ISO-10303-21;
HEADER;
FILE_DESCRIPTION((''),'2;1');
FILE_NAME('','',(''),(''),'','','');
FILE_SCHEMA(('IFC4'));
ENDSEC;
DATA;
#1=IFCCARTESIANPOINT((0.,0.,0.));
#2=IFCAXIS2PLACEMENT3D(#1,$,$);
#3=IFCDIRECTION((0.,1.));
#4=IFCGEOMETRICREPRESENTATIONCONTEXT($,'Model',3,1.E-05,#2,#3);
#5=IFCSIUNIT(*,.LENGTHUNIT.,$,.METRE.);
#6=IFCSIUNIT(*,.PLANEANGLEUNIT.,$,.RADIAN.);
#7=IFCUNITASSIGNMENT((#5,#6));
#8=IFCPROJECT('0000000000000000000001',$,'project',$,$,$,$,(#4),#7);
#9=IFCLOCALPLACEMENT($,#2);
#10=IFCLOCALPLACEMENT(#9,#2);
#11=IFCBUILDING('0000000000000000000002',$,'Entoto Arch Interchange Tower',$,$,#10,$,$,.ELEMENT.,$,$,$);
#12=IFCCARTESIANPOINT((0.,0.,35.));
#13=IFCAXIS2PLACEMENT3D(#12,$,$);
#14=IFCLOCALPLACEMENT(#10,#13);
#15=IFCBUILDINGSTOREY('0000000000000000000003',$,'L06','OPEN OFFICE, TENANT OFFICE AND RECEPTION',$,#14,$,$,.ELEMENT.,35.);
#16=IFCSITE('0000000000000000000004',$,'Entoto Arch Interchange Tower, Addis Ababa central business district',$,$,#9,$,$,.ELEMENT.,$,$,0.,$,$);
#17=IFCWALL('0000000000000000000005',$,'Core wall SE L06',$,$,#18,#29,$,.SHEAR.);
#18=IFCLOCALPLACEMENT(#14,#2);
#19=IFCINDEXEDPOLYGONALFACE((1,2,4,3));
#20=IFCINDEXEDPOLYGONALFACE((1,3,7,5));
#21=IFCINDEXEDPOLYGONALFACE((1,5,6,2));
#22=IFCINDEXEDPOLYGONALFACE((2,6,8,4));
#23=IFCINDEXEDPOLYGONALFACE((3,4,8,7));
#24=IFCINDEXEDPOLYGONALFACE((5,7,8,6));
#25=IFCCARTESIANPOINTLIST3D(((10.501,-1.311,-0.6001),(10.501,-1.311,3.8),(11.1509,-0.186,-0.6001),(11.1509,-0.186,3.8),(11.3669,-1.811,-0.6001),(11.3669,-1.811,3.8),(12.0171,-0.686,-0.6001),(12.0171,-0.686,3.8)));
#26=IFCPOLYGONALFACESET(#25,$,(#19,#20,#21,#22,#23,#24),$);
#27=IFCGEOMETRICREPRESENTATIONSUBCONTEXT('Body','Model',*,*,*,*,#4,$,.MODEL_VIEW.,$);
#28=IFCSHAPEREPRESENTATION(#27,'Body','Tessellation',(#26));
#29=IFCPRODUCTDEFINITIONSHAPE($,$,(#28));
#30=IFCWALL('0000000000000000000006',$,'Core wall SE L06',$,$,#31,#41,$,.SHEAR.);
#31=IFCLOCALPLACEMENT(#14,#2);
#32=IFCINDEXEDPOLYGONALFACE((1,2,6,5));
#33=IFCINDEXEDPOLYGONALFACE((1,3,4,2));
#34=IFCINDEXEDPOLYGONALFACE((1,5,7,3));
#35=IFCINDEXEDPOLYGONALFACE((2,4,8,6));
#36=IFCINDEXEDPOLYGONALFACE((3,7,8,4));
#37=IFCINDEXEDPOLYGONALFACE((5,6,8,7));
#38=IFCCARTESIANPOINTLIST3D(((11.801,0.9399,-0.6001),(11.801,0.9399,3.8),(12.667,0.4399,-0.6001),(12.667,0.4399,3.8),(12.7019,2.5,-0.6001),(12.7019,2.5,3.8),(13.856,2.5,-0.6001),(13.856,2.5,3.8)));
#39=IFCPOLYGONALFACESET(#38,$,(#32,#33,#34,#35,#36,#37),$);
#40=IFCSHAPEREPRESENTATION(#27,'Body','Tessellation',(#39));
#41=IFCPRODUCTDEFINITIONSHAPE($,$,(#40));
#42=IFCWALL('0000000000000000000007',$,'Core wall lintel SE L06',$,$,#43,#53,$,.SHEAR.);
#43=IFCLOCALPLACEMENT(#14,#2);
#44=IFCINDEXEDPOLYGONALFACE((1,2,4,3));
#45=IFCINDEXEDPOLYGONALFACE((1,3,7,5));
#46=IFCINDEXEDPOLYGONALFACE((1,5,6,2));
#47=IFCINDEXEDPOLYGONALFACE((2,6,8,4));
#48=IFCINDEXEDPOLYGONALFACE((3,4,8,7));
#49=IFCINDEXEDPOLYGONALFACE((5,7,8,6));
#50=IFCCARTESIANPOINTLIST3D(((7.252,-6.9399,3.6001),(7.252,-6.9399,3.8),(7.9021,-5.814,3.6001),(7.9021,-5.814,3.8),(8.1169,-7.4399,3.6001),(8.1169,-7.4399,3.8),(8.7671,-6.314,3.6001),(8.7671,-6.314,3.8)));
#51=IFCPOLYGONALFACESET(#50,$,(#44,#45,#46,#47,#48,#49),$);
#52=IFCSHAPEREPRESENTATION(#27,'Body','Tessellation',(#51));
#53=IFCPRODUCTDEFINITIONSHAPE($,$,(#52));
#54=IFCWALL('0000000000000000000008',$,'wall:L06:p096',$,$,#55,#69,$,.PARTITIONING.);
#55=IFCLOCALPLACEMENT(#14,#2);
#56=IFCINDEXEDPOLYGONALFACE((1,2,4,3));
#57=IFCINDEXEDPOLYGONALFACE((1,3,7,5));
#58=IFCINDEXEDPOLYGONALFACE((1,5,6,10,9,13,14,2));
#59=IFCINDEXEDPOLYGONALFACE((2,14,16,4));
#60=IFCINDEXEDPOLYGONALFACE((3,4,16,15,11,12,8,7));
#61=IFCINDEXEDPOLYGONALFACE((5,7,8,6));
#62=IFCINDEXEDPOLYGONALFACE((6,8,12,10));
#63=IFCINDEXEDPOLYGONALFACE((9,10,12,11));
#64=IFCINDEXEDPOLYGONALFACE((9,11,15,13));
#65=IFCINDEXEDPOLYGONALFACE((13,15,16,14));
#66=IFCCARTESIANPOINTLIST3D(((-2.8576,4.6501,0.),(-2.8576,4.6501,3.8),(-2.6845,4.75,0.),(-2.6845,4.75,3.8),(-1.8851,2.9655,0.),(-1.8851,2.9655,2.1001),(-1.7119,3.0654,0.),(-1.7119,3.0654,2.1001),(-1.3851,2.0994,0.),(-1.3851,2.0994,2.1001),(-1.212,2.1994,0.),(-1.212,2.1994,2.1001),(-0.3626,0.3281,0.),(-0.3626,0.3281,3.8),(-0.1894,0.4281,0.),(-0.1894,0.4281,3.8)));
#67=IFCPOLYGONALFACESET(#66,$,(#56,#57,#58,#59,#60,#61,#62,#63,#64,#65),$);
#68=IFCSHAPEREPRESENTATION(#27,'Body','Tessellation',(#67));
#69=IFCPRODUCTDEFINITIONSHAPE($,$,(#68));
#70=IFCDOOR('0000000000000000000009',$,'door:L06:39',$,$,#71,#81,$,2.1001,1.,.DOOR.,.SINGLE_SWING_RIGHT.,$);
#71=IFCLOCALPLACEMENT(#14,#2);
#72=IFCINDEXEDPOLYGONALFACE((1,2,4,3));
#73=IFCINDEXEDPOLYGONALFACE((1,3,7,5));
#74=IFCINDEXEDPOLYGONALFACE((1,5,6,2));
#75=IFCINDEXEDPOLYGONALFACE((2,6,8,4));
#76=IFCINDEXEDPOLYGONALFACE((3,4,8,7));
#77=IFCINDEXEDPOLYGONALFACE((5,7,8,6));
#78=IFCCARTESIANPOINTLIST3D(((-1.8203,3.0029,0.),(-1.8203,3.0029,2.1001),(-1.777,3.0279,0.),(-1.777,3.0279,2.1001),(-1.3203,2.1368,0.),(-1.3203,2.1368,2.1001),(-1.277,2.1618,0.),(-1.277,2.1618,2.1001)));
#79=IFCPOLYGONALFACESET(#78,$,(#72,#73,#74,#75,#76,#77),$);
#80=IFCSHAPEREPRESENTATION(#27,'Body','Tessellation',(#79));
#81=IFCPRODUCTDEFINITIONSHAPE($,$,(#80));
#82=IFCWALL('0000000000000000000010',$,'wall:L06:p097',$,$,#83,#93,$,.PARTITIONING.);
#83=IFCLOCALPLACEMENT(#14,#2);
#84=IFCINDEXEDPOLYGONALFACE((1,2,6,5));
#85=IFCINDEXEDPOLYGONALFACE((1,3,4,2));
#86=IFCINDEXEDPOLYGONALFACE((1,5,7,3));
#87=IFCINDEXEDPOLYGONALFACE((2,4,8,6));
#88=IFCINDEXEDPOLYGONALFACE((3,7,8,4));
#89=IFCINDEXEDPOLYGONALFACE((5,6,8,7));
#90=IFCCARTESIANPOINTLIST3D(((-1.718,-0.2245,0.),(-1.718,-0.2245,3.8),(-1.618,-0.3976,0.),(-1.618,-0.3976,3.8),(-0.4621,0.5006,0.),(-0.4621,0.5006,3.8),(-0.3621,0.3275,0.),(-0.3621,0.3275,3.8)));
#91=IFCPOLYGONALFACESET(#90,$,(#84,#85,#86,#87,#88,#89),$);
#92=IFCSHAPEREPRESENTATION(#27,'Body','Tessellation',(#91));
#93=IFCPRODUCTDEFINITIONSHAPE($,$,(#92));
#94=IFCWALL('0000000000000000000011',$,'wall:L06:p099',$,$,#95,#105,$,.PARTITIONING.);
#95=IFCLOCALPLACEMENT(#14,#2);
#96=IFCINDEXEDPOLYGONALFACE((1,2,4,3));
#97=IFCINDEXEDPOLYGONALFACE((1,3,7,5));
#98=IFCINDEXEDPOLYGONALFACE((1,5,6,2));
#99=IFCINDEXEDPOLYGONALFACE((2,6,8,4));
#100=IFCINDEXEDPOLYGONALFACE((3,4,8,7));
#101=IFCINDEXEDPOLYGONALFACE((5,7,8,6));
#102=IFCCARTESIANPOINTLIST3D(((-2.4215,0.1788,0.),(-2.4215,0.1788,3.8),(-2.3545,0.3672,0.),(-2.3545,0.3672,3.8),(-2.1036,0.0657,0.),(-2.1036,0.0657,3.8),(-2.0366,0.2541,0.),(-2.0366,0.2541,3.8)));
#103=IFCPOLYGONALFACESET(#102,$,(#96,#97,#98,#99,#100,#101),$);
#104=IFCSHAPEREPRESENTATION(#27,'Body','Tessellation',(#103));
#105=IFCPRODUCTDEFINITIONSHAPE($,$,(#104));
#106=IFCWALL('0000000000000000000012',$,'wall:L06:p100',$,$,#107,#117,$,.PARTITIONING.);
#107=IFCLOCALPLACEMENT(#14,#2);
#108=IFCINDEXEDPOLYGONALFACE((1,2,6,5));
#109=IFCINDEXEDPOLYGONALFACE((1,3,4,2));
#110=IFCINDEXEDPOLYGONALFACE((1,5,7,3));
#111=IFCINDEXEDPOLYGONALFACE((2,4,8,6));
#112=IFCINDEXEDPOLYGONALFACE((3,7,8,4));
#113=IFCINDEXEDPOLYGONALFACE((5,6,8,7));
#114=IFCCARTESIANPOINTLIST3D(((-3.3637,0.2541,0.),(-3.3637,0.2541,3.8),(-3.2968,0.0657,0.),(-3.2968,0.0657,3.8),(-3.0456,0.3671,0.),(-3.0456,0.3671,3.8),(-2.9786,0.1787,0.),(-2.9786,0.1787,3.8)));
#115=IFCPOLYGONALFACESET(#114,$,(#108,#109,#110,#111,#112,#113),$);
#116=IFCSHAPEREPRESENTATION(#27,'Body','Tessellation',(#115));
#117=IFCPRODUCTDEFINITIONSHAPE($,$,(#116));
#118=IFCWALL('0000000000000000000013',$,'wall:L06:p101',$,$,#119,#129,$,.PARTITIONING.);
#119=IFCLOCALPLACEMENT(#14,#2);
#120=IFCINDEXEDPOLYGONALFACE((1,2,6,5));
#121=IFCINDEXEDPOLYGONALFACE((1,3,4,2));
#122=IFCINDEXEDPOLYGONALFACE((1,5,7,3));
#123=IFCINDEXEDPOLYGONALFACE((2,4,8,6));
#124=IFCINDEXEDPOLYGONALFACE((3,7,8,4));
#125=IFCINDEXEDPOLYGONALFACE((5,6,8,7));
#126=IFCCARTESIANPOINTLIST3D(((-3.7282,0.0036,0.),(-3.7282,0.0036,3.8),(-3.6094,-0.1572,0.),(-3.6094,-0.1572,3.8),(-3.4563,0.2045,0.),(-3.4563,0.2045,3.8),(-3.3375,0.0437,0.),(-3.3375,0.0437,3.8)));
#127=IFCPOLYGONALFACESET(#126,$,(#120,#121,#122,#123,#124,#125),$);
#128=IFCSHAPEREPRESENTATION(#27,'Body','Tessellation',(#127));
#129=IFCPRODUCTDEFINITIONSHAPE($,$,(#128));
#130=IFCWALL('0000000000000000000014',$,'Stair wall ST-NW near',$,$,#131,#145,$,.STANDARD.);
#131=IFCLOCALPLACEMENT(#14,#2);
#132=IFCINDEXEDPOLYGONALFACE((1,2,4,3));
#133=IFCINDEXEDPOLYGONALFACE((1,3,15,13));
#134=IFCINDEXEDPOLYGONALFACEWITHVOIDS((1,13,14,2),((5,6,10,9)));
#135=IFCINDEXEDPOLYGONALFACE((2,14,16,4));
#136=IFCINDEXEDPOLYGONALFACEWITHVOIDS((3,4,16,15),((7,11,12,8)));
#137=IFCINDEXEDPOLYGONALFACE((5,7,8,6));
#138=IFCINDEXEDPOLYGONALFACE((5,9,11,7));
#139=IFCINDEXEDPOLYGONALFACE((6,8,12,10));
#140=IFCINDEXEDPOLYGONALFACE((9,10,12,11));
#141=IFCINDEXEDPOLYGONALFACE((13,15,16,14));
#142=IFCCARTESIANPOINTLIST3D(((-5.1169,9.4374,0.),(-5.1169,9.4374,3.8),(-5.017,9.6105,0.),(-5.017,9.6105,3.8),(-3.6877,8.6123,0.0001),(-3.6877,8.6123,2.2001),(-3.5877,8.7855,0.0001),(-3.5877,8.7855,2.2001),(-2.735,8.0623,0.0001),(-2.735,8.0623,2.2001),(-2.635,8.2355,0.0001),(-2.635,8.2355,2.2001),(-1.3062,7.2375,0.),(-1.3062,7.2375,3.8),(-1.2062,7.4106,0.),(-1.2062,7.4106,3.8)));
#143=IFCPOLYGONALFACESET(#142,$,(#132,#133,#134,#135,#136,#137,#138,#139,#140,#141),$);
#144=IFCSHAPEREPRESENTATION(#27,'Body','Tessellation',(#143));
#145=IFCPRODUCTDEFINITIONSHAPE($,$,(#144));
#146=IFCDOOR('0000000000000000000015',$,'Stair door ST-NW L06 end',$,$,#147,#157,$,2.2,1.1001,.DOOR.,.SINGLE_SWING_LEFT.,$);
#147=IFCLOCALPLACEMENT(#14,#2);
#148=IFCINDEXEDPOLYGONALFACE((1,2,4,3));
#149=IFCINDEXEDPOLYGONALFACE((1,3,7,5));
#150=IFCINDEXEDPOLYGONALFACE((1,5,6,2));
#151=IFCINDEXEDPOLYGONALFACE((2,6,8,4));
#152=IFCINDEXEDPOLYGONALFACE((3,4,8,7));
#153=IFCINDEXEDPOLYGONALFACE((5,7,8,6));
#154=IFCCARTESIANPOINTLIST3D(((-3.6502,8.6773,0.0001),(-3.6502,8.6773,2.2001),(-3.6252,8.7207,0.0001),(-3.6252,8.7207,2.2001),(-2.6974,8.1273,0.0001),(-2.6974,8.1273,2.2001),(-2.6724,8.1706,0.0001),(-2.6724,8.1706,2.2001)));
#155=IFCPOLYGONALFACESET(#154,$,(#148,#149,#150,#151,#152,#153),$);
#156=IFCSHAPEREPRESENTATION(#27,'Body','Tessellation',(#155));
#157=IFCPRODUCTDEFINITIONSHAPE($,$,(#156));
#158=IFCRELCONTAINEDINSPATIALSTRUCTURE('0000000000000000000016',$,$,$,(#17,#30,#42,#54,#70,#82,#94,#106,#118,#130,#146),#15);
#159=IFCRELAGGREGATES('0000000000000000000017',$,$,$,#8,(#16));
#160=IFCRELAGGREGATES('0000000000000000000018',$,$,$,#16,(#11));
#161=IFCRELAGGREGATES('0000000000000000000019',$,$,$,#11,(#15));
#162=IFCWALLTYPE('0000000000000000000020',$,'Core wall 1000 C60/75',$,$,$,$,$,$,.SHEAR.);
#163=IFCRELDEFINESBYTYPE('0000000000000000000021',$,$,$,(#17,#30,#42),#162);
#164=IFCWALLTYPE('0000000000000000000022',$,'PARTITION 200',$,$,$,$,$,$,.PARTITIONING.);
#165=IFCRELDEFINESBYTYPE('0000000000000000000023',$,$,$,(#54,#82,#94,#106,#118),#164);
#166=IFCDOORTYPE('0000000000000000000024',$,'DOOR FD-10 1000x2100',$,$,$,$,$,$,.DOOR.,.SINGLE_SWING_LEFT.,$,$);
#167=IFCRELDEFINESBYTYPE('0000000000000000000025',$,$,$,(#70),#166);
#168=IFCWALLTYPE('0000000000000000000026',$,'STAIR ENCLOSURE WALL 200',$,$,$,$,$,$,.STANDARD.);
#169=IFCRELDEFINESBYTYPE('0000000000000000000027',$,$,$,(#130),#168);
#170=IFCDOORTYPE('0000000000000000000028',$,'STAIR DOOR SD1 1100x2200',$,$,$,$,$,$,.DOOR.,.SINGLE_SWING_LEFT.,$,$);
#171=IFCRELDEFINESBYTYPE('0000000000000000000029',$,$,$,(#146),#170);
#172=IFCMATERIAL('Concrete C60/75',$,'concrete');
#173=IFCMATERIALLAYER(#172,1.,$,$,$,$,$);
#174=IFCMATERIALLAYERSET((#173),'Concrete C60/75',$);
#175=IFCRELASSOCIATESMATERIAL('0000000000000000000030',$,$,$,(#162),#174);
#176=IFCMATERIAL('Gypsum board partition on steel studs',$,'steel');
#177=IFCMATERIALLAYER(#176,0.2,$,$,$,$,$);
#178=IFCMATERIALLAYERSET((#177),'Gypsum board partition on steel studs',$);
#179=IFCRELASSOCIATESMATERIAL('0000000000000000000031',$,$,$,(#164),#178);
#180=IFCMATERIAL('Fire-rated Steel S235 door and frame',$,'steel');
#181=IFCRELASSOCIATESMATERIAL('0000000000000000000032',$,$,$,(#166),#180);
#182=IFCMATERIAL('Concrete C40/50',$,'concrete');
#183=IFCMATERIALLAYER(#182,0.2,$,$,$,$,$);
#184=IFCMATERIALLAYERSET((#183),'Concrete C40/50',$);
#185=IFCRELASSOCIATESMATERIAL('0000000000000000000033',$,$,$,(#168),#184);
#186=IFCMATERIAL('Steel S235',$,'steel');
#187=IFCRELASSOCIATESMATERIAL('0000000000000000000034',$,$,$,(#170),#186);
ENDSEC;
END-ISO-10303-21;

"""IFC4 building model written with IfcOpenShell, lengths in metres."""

from ifc_helpers import new_model, si_unit, direction, frame, frame_2d, origin, place, context, subcontext, project, spatial, polyline, rectangle, outline, extrude, material, layer, layer_set, type_object, element, fill, save


model = new_model("IFC4")

# Units and contexts
model_context = context("Model", 3, precision=1e-05, world=origin(), true_north=direction((0.0, 1.0)))
body_context = subcontext(model_context, "Body", "Model", "MODEL_VIEW")
ifc_project = project(units=[si_unit("LENGTHUNIT", "METRE"), si_unit("PLANEANGLEUNIT", "RADIAN")], contexts=[model_context])

# Site, building, storey
site_placement = place(None, origin())
site = spatial("IfcSite", under=ifc_project, at=site_placement, Name="Entoto Arch Interchange Tower, Addis Ababa central business district", CompositionType="ELEMENT", RefElevation=0.0)
building_placement = place(site_placement, origin())
building = spatial("IfcBuilding", under=site, at=building_placement, Name="Entoto Arch Interchange Tower", CompositionType="ELEMENT")
storey_placement = place(building_placement, frame((0.0, 0.0, 35.0)))
storey = spatial("IfcBuildingStorey", under=building, at=storey_placement, Name="L06", Description="OPEN OFFICE, TENANT OFFICE AND RECEPTION", CompositionType="ELEMENT", Elevation=35.0)

# Walls
ifc_material_1 = material(Name="Concrete C60/75", Category="concrete")
ifc_layer_1 = layer(ifc_material_1, 1.0)
ifc_layer_set_1 = layer_set([ifc_layer_1], Name="Concrete C60/75")
wall_type_1 = type_object("IfcWallType", Name="Core wall 1000 C60/75", PredefinedType="SHEAR", material=ifc_layer_set_1)
wall_1_placement = place(storey_placement, frame((0.0, 0.0, -0.6001)))
element("IfcWall", 1, at=wall_1_placement, inside=storey, type_object=wall_type_1, Name="Core wall SE L06", PredefinedType="SHEAR", context=body_context, shape_type="SweptSolid", body=[
    extrude(outline(polyline([(12.0171, -0.686), (11.1509, -0.186), (10.501, -1.311), (11.3669, -1.811), (12.0171, -0.686)])), origin(), (0.0, 0.0, 1.0), 4.4001),
])
wall_2_placement = place(storey_placement, frame((0.0, 0.0, -0.6001)))
element("IfcWall", 2, at=wall_2_placement, inside=storey, type_object=wall_type_1, Name="Core wall SE L06", PredefinedType="SHEAR", context=body_context, shape_type="SweptSolid", body=[
    extrude(outline(polyline([(11.801, 0.9399), (12.667, 0.4399), (13.856, 2.5), (12.7019, 2.5), (11.801, 0.9399)])), origin(), (0.0, 0.0, 1.0), 4.4001),
])
wall_3_placement = place(storey_placement, frame((0.0, 0.0, 3.6001)))
element("IfcWall", 3, at=wall_3_placement, inside=storey, type_object=wall_type_1, Name="Core wall lintel SE L06", PredefinedType="SHEAR", context=body_context, shape_type="SweptSolid", body=[
    extrude(outline(polyline([(8.7671, -6.314), (7.9021, -5.814), (7.252, -6.9399), (8.1169, -7.4399), (8.7671, -6.314)])), origin(), (0.0, 0.0, 1.0), 0.2),
])

# Wall, opening, door
ifc_material_2 = material(Name="Gypsum board partition on steel studs", Category="steel")
ifc_layer_2 = layer(ifc_material_2, 0.2)
ifc_layer_set_2 = layer_set([ifc_layer_2], Name="Gypsum board partition on steel studs")
wall_type_2 = type_object("IfcWallType", Name="PARTITION 200", PredefinedType="PARTITIONING", material=ifc_layer_set_2)
wall_4_placement = place(storey_placement, frame((-2.771, 4.7, 0.0), z_axis=(0.0, 0.0, 1.0), x_axis=(0.499969, -0.866043, 0.0)))
wall_4 = element("IfcWall", 4, at=wall_4_placement, inside=storey, type_object=wall_type_2, Name="wall:L06:p096", PredefinedType="PARTITIONING", context=body_context, shape_type="SweptSolid", body=[
    extrude(rectangle(XDim=4.9905, YDim=0.2, at=frame_2d((2.4951, 0.0))), origin(), (0.0, 0.0, 1.0), 3.8),
])
opening_1_placement = place(wall_4_placement, frame((1.9451, 0.0, 0.0)))
opening_1 = element("IfcOpeningElement", 5, at=opening_1_placement, cuts=wall_4, PredefinedType="OPENING", context=body_context, shape_type="SweptSolid", body=[
    extrude(rectangle(XDim=1.0, YDim=2.1001, at=frame_2d((0.5, 1.05))), frame((0.0, 0.1099, 0.0), z_axis=(0.0, -1.0, 0.0), x_axis=(1.0, 0.0, 0.0)), (0.0, 0.0, 1.0), 0.22),
])
ifc_material_3 = material(Name="Fire-rated Steel S235 door and frame", Category="steel")
door_type_1 = type_object("IfcDoorType", Name="DOOR FD-10 1000x2100", OperationType="SINGLE_SWING_LEFT", PredefinedType="DOOR", material=ifc_material_3)
door_1_placement = place(opening_1_placement, origin())
door_1 = element("IfcDoor", 6, at=door_1_placement, inside=storey, type_object=door_type_1, Name="door:L06:39", OperationType="SINGLE_SWING_RIGHT", OverallHeight=2.1001, OverallWidth=1.0, PredefinedType="DOOR", context=body_context, shape_type="SweptSolid", body=[
    extrude(rectangle(XDim=1.0, YDim=2.1001, at=frame_2d((0.5, 1.05))), frame((0.0, 0.0249, 0.0), z_axis=(0.0, -1.0, 0.0), x_axis=(1.0, 0.0, 0.0)), (0.0, 0.0, 1.0), 0.05),
])
fill(opening_1, door_1)

# Walls
wall_5_placement = place(storey_placement, frame((-0.4121, 0.4141, 0.0), z_axis=(0.0, 0.0, 1.0), x_axis=(-0.866017, -0.500014, 0.0)))
element("IfcWall", 7, at=wall_5_placement, inside=storey, type_object=wall_type_2, Name="wall:L06:p097", PredefinedType="PARTITIONING", context=body_context, shape_type="SweptSolid", body=[
    extrude(rectangle(XDim=1.4502, YDim=0.2, at=frame_2d((0.7251, 0.0))), origin(), (0.0, 0.0, 1.0), 3.8),
])
wall_6_placement = place(storey_placement, frame((-2.0701, 0.1599, 0.0), z_axis=(0.0, 0.0, 1.0), x_axis=(-0.942199, 0.335052, 0.0)))
element("IfcWall", 8, at=wall_6_placement, inside=storey, type_object=wall_type_2, Name="wall:L06:p099", PredefinedType="PARTITIONING", context=body_context, shape_type="SweptSolid", body=[
    extrude(rectangle(XDim=0.3374, YDim=0.2, at=frame_2d((0.1687, 0.0))), origin(), (0.0, 0.0, 1.0), 3.8),
])
wall_7_placement = place(storey_placement, frame((-3.012, 0.2729, 0.0), z_axis=(0.0, 0.0, 1.0), x_axis=(-0.942281, -0.334824, 0.0)))
element("IfcWall", 9, at=wall_7_placement, inside=storey, type_object=wall_type_2, Name="wall:L06:p100", PredefinedType="PARTITIONING", context=body_context, shape_type="SweptSolid", body=[
    extrude(rectangle(XDim=0.3376, YDim=0.2, at=frame_2d((0.1689, 0.0))), origin(), (0.0, 0.0, 1.0), 3.8),
])
wall_8_placement = place(storey_placement, frame((-3.397, 0.124, 0.0), z_axis=(0.0, 0.0, 1.0), x_axis=(-0.804311, -0.594208, 0.0)))
element("IfcWall", 10, at=wall_8_placement, inside=storey, type_object=wall_type_2, Name="wall:L06:p101", PredefinedType="PARTITIONING", context=body_context, shape_type="SweptSolid", body=[
    extrude(rectangle(XDim=0.3381, YDim=0.2, at=frame_2d((0.1689, 0.0))), origin(), (0.0, 0.0, 1.0), 3.8),
])

# Wall, opening, door
ifc_material_4 = material(Name="Concrete C40/50", Category="concrete")
ifc_layer_3 = layer(ifc_material_4, 0.2)
ifc_layer_set_3 = layer_set([ifc_layer_3], Name="Concrete C40/50")
wall_type_3 = type_object("IfcWallType", Name="STAIR ENCLOSURE WALL 200", PredefinedType="STANDARD", material=ifc_layer_set_3)
wall_9_placement = place(storey_placement, frame((-1.2561, 7.324, 0.0), z_axis=(0.0, 0.0, 1.0), x_axis=(-0.866046, 0.499964, 0.0)))
wall_9 = element("IfcWall", 11, at=wall_9_placement, inside=storey, type_object=wall_type_3, Name="Stair wall ST-NW near", PredefinedType="STANDARD", context=body_context, shape_type="SweptSolid", body=[
    extrude(rectangle(XDim=4.4001, YDim=0.2, at=frame_2d((2.2002, 0.0))), origin(), (0.0, 0.0, 1.0), 3.8),
])
opening_2_placement = place(wall_9_placement, frame((1.6499, 0.0, 0.0)))
opening_2 = element("IfcOpeningElement", 12, at=opening_2_placement, cuts=wall_9, PredefinedType="OPENING", context=body_context, shape_type="SweptSolid", body=[
    extrude(rectangle(XDim=1.1001, YDim=2.2, at=frame_2d((0.55, 1.1001))), frame((0.0, 0.1099, 0.0), z_axis=(0.0, -1.0, 0.0), x_axis=(1.0, 0.0, 0.0)), (0.0, 0.0, 1.0), 0.22),
])
ifc_material_5 = material(Name="Steel S235", Category="steel")
door_type_2 = type_object("IfcDoorType", Name="STAIR DOOR SD1 1100x2200", OperationType="SINGLE_SWING_LEFT", PredefinedType="DOOR", material=ifc_material_5)
door_2_placement = place(opening_2_placement, origin())
door_2 = element("IfcDoor", 13, at=door_2_placement, inside=storey, type_object=door_type_2, Name="Stair door ST-NW L06 end", OperationType="SINGLE_SWING_LEFT", OverallHeight=2.2, OverallWidth=1.1001, PredefinedType="DOOR", context=body_context, shape_type="SweptSolid", body=[
    extrude(rectangle(XDim=1.1001, YDim=2.2, at=frame_2d((0.55, 1.1001))), frame((0.0, 0.0249, 0.0), z_axis=(0.0, -1.0, 0.0), x_axis=(1.0, 0.0, 0.0)), (0.0, 0.0, 1.0), 0.05),
])
fill(opening_2, door_2)

save(model, "model.ifc")
